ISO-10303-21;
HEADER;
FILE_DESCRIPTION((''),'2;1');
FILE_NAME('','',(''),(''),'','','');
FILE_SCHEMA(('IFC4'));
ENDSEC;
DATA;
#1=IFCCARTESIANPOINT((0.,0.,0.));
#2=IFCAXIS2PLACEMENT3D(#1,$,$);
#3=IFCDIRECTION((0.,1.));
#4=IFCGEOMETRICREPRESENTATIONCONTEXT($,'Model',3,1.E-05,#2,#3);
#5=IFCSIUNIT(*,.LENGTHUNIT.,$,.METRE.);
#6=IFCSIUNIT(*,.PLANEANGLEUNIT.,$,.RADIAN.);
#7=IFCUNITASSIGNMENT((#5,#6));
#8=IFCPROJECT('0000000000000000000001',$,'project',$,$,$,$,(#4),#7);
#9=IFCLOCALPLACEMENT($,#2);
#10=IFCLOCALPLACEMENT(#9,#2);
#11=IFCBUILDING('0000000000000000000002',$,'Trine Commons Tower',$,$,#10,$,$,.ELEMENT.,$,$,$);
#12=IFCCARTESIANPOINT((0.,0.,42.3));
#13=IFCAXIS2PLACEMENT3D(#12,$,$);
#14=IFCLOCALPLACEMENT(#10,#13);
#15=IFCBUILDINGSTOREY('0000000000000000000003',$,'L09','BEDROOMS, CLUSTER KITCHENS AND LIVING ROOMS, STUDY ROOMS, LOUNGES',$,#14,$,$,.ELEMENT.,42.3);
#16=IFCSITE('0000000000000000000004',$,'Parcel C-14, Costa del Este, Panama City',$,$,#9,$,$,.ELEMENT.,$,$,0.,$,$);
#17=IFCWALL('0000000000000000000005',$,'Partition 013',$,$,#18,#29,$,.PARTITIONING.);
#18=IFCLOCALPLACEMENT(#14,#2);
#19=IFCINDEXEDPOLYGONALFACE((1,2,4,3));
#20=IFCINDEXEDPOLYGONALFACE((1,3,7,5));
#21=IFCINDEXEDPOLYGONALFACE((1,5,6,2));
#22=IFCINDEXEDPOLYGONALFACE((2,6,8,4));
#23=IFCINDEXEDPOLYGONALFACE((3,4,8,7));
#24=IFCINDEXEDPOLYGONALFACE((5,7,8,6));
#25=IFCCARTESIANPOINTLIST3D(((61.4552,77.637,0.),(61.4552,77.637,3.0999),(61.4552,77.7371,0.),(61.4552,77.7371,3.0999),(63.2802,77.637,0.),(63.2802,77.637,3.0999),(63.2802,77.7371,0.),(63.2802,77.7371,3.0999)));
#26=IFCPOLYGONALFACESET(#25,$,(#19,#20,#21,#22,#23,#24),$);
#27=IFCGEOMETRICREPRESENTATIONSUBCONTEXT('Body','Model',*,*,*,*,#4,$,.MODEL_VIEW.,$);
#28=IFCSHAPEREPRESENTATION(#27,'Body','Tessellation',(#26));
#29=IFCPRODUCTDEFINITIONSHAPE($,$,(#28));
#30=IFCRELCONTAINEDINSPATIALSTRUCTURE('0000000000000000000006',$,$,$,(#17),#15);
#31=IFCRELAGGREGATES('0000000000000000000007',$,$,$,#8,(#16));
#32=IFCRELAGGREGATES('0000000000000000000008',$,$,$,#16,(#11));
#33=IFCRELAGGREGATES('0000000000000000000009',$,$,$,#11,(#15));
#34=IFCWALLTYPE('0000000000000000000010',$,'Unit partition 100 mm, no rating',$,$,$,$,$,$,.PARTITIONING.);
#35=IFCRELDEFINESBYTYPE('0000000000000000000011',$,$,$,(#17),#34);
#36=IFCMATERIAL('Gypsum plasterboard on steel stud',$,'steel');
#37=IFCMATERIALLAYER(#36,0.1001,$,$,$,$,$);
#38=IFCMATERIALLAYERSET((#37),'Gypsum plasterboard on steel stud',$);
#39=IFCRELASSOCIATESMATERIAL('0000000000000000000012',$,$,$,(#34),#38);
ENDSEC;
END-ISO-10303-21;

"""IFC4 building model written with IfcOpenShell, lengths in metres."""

from ifc_helpers import new_model, si_unit, direction, frame, frame_2d, origin, place, context, subcontext, project, spatial, rectangle, extrude, material, layer, layer_set, type_object, element, save


model = new_model("IFC4")

# Units and contexts
model_context = context("Model", 3, precision=1e-05, world=origin(), true_north=direction((0.0, 1.0)))
body_context = subcontext(model_context, "Body", "Model", "MODEL_VIEW")
ifc_project = project(units=[si_unit("LENGTHUNIT", "METRE"), si_unit("PLANEANGLEUNIT", "RADIAN")], contexts=[model_context])

# Site, building, storey
site_placement = place(None, origin())
site = spatial("IfcSite", under=ifc_project, at=site_placement, Name="Parcel C-14, Costa del Este, Panama City", CompositionType="ELEMENT", RefElevation=0.0)
building_placement = place(site_placement, origin())
building = spatial("IfcBuilding", under=site, at=building_placement, Name="Trine Commons Tower", CompositionType="ELEMENT")
storey_placement = place(building_placement, frame((0.0, 0.0, 42.3)))
storey = spatial("IfcBuildingStorey", under=building, at=storey_placement, Name="L09", Description="BEDROOMS, CLUSTER KITCHENS AND LIVING ROOMS, STUDY ROOMS, LOUNGES", CompositionType="ELEMENT", Elevation=42.3)

# Shared definitions
ifc_material_1 = material(Name="Gypsum plasterboard on steel stud", Category="steel")

# Shared definitions
ifc_layer_1 = layer(ifc_material_1, 0.1001)
ifc_layer_set_1 = layer_set([ifc_layer_1], Name="Gypsum plasterboard on steel stud")
wall_type_1 = type_object("IfcWallType", Name="Unit partition 100 mm, no rating", PredefinedType="PARTITIONING", material=ifc_layer_set_1)

# Wall
wall_1_placement = place(storey_placement, frame((61.4551, 77.687, 0.0), z_axis=(0.0, 0.0, 1.0), x_axis=(1.0, 0.0, 0.0)))
element("IfcWall", 1, at=wall_1_placement, inside=storey, type_object=wall_type_1, Name="Partition 013", PredefinedType="PARTITIONING", context=body_context, shape_type="SweptSolid", body=[
    extrude(rectangle(XDim=1.825, YDim=0.1001, at=frame_2d((0.9126, 0.0))), origin(), (0.0, 0.0, 1.0), 3.0999),
])

save(model, "model.ifc")
